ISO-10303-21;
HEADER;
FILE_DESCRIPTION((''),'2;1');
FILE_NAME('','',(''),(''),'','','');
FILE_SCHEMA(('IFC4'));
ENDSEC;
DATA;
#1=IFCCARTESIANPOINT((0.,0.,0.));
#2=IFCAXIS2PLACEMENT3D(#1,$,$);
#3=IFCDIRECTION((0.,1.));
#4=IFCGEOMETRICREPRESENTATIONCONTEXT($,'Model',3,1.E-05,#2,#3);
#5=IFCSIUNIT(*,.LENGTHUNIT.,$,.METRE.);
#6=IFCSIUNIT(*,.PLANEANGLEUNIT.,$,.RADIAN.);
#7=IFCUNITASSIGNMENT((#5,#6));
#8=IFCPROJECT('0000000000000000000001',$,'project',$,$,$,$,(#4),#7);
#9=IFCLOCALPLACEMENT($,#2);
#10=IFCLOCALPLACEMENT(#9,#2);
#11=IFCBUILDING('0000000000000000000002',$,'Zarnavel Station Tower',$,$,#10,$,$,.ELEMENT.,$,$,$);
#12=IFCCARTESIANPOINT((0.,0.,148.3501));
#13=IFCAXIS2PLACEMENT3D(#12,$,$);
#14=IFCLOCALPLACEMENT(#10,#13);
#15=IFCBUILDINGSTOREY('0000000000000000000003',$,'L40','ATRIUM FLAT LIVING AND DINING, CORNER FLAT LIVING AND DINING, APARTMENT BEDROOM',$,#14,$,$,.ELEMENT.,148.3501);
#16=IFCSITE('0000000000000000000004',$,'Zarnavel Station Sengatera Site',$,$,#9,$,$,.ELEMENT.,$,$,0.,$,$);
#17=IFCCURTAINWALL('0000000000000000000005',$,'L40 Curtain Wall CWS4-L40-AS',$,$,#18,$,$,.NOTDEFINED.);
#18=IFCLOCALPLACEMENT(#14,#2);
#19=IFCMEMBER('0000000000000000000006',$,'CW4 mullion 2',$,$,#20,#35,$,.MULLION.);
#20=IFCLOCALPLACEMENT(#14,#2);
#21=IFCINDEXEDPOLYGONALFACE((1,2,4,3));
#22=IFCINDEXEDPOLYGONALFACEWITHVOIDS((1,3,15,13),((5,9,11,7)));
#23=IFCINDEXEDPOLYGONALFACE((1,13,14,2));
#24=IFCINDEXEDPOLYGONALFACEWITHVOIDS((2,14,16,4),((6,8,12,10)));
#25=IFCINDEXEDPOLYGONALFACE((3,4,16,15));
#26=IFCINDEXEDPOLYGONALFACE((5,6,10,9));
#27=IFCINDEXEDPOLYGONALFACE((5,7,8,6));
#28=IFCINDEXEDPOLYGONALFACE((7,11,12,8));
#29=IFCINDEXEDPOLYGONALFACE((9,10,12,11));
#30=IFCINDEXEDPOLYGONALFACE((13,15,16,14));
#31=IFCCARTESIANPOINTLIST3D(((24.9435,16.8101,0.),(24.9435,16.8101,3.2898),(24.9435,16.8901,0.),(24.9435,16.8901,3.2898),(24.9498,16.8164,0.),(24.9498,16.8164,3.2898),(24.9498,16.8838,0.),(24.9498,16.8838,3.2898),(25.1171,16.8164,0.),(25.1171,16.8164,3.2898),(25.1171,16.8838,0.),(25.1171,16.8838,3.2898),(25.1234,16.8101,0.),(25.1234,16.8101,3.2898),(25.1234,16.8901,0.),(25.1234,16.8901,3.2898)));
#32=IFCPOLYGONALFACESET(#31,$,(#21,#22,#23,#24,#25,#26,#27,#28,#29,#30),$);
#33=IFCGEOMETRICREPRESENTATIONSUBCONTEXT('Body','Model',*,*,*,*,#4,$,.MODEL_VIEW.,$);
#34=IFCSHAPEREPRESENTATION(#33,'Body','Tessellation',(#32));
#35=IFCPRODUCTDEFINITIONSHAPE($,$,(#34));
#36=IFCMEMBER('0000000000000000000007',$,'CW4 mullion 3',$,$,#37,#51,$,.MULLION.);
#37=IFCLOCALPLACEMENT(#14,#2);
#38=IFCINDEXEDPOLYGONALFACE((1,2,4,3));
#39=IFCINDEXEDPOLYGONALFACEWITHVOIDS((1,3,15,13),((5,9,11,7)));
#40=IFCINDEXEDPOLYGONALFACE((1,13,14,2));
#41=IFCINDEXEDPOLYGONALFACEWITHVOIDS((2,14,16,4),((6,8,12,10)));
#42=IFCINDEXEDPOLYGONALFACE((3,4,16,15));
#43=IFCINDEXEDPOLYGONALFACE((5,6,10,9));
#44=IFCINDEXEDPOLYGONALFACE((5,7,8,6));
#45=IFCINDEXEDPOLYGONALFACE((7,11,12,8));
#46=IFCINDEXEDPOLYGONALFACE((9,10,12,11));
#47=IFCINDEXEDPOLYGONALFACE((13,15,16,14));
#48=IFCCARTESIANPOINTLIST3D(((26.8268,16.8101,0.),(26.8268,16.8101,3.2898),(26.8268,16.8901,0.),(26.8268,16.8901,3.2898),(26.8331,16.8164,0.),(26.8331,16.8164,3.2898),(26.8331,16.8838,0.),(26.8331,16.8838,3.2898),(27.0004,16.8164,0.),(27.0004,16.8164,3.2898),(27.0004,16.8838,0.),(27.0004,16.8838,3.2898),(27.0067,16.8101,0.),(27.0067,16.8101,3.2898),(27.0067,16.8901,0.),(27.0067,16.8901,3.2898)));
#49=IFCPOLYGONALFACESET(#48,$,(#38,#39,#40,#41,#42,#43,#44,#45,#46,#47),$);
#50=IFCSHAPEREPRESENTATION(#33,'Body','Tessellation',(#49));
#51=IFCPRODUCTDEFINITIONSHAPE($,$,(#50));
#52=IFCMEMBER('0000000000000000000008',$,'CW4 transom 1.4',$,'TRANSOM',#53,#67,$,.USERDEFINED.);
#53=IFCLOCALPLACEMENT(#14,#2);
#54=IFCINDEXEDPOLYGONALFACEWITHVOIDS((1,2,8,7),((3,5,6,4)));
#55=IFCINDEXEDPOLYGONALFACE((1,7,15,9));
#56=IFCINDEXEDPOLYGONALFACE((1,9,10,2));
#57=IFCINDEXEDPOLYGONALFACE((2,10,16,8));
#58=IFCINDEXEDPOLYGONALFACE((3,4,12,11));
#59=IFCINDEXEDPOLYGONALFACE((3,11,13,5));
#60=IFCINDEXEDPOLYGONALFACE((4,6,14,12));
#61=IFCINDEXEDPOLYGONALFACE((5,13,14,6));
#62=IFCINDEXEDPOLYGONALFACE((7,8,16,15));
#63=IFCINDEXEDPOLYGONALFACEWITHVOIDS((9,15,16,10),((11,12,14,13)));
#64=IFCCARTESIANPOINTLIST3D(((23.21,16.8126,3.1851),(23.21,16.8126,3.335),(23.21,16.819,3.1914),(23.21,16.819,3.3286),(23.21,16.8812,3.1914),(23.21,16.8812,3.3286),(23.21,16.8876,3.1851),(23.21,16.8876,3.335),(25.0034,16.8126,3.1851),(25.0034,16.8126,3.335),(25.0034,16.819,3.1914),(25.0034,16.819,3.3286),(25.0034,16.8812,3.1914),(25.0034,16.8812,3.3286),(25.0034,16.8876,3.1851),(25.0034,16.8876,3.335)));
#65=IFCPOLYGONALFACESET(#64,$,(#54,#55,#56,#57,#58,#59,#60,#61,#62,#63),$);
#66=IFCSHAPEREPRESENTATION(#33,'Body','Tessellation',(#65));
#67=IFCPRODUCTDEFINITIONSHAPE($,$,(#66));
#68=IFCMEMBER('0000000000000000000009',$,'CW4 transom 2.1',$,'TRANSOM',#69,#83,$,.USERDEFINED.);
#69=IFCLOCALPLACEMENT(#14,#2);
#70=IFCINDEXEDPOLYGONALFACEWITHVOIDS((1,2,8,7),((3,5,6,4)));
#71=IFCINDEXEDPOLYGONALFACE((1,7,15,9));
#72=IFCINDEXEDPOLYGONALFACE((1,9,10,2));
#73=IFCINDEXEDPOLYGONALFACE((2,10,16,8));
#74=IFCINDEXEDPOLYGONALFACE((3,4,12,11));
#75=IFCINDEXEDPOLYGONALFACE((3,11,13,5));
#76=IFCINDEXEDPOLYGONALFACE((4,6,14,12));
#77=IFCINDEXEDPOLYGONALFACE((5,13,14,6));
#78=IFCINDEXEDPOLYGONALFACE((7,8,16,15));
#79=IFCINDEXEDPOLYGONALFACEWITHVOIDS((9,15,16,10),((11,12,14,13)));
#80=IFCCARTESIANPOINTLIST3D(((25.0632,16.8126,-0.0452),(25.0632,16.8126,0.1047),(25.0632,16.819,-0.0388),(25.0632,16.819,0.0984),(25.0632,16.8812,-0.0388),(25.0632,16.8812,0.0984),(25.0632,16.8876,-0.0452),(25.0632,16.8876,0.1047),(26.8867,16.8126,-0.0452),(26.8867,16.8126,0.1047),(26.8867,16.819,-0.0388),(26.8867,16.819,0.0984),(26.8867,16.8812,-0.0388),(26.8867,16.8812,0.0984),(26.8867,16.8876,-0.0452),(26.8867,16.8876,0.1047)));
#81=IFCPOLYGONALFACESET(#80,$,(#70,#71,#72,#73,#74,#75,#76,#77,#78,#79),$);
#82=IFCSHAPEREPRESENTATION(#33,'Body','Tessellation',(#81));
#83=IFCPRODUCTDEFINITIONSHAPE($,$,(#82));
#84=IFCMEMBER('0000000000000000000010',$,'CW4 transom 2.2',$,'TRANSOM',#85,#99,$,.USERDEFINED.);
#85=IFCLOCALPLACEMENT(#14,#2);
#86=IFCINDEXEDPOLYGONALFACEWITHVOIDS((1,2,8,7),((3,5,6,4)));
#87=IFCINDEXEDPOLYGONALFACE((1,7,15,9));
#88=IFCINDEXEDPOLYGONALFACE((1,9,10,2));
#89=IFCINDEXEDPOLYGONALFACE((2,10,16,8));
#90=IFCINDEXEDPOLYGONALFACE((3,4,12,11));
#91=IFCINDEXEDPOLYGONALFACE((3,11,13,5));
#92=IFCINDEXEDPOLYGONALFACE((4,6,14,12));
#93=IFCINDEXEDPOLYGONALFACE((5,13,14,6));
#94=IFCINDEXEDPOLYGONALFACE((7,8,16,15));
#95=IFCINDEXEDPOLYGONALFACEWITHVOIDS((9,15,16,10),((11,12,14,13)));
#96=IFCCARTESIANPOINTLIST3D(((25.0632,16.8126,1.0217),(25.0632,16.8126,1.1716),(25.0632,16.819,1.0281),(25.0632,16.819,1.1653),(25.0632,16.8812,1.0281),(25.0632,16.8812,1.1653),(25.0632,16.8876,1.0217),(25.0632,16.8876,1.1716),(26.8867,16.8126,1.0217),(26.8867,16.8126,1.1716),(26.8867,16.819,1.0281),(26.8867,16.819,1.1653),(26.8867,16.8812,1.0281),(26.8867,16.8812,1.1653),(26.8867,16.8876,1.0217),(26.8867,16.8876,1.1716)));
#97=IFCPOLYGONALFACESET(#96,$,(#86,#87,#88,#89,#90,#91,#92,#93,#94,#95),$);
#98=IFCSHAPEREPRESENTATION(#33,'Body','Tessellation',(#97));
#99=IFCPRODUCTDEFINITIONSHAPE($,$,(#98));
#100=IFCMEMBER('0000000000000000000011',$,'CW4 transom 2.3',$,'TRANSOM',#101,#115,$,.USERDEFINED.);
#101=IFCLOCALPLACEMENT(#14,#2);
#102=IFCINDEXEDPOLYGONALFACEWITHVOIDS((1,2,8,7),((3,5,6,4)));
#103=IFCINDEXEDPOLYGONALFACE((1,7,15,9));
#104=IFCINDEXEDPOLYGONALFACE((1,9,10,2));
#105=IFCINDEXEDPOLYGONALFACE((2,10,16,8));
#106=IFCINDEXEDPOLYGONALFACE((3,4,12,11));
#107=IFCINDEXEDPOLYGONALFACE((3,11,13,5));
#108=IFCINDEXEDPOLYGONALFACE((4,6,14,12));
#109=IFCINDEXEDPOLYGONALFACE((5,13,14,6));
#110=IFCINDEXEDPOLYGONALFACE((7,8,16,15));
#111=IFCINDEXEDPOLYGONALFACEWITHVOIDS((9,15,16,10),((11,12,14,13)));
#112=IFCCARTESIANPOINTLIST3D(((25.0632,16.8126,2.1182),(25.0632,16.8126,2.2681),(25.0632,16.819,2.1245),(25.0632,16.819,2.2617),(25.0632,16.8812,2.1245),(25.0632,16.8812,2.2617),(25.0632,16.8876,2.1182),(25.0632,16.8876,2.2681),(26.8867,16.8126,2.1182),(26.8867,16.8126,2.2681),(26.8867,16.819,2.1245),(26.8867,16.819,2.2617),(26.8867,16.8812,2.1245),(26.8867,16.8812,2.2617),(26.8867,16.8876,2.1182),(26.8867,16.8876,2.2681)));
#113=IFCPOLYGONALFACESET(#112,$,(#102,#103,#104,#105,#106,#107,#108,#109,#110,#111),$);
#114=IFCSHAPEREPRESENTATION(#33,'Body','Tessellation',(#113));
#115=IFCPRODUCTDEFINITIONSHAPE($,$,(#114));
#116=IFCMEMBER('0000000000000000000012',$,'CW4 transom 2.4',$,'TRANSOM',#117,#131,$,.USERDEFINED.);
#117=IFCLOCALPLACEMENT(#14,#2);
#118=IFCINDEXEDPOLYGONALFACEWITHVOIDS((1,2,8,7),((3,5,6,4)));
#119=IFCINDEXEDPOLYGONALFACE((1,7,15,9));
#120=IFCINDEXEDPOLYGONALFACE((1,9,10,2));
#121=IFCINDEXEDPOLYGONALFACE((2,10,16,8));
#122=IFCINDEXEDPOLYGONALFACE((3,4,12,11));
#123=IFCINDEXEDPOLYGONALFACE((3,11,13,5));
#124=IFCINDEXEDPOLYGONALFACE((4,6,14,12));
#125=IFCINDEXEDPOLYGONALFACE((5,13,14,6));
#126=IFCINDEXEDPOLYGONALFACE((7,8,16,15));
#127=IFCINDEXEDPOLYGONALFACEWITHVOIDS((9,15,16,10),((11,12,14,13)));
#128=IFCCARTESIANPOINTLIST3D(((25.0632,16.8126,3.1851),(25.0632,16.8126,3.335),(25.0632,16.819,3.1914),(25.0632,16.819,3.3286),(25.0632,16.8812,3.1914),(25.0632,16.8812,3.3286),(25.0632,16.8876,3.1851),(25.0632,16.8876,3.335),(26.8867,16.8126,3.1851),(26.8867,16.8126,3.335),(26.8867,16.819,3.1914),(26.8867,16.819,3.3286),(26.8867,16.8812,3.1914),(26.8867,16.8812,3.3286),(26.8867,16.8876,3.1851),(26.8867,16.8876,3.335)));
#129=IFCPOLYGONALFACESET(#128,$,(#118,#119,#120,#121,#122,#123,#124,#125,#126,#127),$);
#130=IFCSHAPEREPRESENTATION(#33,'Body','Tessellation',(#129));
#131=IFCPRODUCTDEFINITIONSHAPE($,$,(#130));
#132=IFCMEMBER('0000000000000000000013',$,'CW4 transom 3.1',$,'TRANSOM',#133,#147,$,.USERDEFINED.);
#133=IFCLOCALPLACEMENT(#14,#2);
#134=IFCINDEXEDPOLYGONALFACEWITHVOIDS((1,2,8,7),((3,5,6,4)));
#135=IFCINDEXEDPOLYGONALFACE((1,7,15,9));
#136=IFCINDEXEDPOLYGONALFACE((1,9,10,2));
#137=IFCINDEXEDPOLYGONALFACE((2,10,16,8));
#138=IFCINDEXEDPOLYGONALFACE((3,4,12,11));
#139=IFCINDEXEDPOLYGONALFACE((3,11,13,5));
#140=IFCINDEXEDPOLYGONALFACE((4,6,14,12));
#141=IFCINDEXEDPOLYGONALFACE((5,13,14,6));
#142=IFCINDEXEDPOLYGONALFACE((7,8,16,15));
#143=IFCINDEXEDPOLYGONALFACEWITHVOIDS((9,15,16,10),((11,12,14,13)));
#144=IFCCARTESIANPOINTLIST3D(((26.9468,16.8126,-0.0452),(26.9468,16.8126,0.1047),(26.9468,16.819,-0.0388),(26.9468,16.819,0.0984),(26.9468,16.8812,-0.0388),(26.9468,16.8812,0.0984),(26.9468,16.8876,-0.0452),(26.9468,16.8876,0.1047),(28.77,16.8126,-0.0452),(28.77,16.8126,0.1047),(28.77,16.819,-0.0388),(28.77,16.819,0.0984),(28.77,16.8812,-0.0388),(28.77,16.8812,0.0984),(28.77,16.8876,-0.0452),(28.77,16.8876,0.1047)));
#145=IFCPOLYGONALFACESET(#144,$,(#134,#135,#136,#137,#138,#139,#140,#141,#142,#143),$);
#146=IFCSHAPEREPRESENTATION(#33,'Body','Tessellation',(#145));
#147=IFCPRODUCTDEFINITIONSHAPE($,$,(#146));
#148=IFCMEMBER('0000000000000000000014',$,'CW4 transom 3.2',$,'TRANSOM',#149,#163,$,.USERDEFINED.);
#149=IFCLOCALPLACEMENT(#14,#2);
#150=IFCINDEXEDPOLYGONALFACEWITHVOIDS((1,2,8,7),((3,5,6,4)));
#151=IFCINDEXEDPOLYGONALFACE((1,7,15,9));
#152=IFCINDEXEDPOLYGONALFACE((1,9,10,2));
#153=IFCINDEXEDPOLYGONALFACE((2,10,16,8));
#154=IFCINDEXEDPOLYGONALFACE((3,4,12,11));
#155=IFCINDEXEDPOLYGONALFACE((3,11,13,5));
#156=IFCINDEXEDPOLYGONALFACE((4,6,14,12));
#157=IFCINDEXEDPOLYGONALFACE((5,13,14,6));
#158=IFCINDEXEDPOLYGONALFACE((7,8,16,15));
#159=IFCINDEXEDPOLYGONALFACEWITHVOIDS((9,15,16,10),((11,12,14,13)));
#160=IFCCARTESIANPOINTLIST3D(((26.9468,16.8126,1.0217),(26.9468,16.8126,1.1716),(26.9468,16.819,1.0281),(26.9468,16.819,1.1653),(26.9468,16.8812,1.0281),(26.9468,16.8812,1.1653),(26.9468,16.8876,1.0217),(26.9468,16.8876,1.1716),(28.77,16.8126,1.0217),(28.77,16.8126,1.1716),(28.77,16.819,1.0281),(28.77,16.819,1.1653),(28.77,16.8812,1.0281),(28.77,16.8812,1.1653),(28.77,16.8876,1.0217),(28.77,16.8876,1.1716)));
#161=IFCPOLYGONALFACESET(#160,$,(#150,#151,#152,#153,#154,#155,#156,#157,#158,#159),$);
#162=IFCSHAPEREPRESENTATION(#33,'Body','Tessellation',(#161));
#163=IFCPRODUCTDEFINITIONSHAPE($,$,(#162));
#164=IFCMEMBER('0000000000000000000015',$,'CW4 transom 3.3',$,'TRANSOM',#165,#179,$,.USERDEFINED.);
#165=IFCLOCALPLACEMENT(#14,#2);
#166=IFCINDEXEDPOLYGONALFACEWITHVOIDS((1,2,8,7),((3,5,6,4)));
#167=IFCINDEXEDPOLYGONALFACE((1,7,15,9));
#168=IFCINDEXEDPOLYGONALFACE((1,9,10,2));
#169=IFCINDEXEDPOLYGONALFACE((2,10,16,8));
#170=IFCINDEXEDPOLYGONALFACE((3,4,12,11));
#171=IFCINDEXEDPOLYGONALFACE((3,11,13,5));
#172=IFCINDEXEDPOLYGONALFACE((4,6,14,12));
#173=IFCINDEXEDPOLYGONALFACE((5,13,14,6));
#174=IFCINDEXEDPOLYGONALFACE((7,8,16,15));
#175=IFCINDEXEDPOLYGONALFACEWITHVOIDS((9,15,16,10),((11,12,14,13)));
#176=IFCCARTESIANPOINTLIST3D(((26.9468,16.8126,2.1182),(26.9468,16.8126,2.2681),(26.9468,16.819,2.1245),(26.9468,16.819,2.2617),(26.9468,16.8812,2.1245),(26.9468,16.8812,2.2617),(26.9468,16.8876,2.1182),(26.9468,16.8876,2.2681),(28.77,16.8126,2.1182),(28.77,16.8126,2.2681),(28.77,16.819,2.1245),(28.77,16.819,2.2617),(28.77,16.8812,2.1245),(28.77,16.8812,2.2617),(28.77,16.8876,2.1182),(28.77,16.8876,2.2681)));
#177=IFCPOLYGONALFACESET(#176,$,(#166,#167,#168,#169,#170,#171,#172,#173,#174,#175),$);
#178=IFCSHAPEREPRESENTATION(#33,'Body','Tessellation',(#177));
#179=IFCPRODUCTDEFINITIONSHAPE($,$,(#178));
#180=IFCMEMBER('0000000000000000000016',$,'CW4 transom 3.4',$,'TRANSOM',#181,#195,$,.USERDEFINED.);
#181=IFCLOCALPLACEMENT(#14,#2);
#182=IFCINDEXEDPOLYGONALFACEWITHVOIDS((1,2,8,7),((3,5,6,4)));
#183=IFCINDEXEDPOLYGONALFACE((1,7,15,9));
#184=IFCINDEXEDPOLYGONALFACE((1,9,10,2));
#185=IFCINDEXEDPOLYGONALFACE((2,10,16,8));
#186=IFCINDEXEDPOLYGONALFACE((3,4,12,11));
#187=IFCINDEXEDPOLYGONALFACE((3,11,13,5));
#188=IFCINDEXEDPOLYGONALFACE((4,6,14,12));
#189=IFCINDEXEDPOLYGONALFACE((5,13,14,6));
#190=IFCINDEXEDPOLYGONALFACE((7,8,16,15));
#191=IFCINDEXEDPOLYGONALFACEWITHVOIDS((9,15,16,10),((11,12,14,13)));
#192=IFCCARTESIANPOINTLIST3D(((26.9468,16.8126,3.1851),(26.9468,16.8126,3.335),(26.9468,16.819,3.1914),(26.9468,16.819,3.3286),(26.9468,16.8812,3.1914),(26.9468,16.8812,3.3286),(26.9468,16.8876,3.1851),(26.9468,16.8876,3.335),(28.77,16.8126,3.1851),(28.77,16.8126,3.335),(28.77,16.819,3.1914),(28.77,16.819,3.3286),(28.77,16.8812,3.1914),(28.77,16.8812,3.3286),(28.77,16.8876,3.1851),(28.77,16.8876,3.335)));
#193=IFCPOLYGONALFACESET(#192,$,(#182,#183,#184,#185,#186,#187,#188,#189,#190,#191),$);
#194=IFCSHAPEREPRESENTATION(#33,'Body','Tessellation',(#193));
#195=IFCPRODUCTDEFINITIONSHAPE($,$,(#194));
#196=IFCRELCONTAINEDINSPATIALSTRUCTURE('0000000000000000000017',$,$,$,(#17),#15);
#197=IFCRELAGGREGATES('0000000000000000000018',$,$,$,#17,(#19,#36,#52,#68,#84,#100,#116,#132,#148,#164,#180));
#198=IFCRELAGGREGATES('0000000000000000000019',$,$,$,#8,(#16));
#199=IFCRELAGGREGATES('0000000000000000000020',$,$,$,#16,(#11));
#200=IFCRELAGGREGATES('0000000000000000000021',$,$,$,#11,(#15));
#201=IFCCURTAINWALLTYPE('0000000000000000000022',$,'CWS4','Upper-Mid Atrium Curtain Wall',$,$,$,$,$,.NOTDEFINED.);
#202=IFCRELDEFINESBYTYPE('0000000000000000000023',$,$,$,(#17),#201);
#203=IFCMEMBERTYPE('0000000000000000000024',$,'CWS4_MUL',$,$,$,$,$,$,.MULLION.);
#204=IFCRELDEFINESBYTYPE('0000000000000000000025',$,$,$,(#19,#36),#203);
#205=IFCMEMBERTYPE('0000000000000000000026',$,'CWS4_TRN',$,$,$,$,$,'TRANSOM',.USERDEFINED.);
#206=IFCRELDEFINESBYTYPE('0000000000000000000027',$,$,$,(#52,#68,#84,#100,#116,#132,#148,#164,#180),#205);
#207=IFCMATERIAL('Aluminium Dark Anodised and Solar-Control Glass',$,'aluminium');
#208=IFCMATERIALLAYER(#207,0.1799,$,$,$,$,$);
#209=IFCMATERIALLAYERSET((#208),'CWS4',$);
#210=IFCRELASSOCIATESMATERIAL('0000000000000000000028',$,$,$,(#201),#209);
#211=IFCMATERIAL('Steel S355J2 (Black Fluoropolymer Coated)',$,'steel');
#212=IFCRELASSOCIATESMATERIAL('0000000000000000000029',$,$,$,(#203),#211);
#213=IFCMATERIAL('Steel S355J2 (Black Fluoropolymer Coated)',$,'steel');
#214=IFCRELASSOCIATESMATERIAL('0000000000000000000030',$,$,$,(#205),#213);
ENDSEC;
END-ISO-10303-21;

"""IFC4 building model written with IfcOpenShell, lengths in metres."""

from ifc_helpers import new_model, si_unit, direction, frame, origin, origin_2d, place, context, subcontext, project, spatial, hollow_rectangle, extrude, material, layer, layer_set, material_profile, profile_set, type_object, element, aggregate, save


model = new_model("IFC4")

# Units and contexts
model_context = context("Model", 3, precision=1e-05, world=origin(), true_north=direction((0.0, 1.0)))
body_context = subcontext(model_context, "Body", "Model", "MODEL_VIEW")
ifc_project = project(units=[si_unit("LENGTHUNIT", "METRE"), si_unit("PLANEANGLEUNIT", "RADIAN")], contexts=[model_context])

# Site, building, storey
site_placement = place(None, origin())
site = spatial("IfcSite", under=ifc_project, at=site_placement, Name="Zarnavel Station Sengatera Site", CompositionType="ELEMENT", RefElevation=0.0)
building_placement = place(site_placement, origin())
building = spatial("IfcBuilding", under=site, at=building_placement, Name="Zarnavel Station Tower", CompositionType="ELEMENT")
storey_placement = place(building_placement, frame((0.0, 0.0, 148.3501)))
storey = spatial("IfcBuildingStorey", under=building, at=storey_placement, Name="L40", Description="ATRIUM FLAT LIVING AND DINING, CORNER FLAT LIVING AND DINING, APARTMENT BEDROOM", CompositionType="ELEMENT", Elevation=148.3501)

# Curtain wall, members
ifc_material_1 = material(Name="Aluminium Dark Anodised and Solar-Control Glass", Category="aluminium")
ifc_layer_1 = layer(ifc_material_1, 0.1799)
ifc_layer_set_1 = layer_set([ifc_layer_1], Name="CWS4")
curtain_wall_type = type_object("IfcCurtainWallType", Name="CWS4", Description="Upper-Mid Atrium Curtain Wall", PredefinedType="NOTDEFINED", material=ifc_layer_set_1)
curtain_wall_placement = place(storey_placement, origin())
curtain_wall = element("IfcCurtainWall", 1, at=curtain_wall_placement, inside=storey, type_object=curtain_wall_type, Name="L40 Curtain Wall CWS4-L40-AS", PredefinedType="NOTDEFINED")
ifc_material_2 = material(Name="Steel S355J2 (Black Fluoropolymer Coated)", Category="steel")
ifc_material_profile_1 = material_profile(ifc_material_2, hollow_rectangle(XDim=0.0801, YDim=0.1799, WallThickness=0.0063, at=origin_2d()), Name="RHS180x80x6.3")
ifc_profile_set_1 = profile_set([ifc_material_profile_1], Name="Steel S355J2 (Black Fluoropolymer Coated)")
member_type_1 = type_object("IfcMemberType", Name="CWS4_MUL", PredefinedType="MULLION", material=ifc_profile_set_1)
member_1_placement = place(storey_placement, frame((25.0334, 16.8501, 0.0), z_axis=(0.0, 0.0, 1.0), x_axis=(0.0, 1.0, 0.0)))
member_1 = element("IfcMember", 2, at=member_1_placement, type_object=member_type_1, Name="CW4 mullion 2", PredefinedType="MULLION", context=body_context, shape_type="SweptSolid", body=[
    extrude(hollow_rectangle(XDim=0.0801, YDim=0.1799, WallThickness=0.0063, at=origin_2d()), origin(), (0.0, 0.0, 1.0), 3.2898),
])
member_2_placement = place(storey_placement, frame((26.9167, 16.8501, 0.0), z_axis=(0.0, 0.0, 1.0), x_axis=(0.0, 1.0, 0.0)))
member_2 = element("IfcMember", 3, at=member_2_placement, type_object=member_type_1, Name="CW4 mullion 3", PredefinedType="MULLION", context=body_context, shape_type="SweptSolid", body=[
    extrude(hollow_rectangle(XDim=0.0801, YDim=0.1799, WallThickness=0.0063, at=origin_2d()), origin(), (0.0, 0.0, 1.0), 3.2898),
])
ifc_material_3 = material(Name="Steel S355J2 (Black Fluoropolymer Coated)", Category="steel")
ifc_material_profile_2 = material_profile(ifc_material_3, hollow_rectangle(XDim=0.075, YDim=0.1499, WallThickness=0.0063, at=origin_2d()), Name="RHS150x75x6.3")
ifc_profile_set_2 = profile_set([ifc_material_profile_2], Name="Steel S355J2 (Black Fluoropolymer Coated)")
member_type_2 = type_object("IfcMemberType", Name="CWS4_TRN", ElementType="TRANSOM", PredefinedType="USERDEFINED", material=ifc_profile_set_2)
member_3_placement = place(storey_placement, frame((23.21, 16.8501, 3.26), z_axis=(1.0, 0.0, 0.0), x_axis=(0.0, 1.0, 0.0)))
member_3 = element("IfcMember", 4, at=member_3_placement, type_object=member_type_2, Name="CW4 transom 1.4", ObjectType="TRANSOM", PredefinedType="USERDEFINED", context=body_context, shape_type="SweptSolid", body=[
    extrude(hollow_rectangle(XDim=0.075, YDim=0.1499, WallThickness=0.0063, at=origin_2d()), origin(), (0.0, 0.0, 1.0), 1.7935),
])
member_4_placement = place(storey_placement, frame((25.0632, 16.8501, 0.0298), z_axis=(1.0, 0.0, 0.0), x_axis=(0.0, 1.0, 0.0)))
member_4 = element("IfcMember", 5, at=member_4_placement, type_object=member_type_2, Name="CW4 transom 2.1", ObjectType="TRANSOM", PredefinedType="USERDEFINED", context=body_context, shape_type="SweptSolid", body=[
    extrude(hollow_rectangle(XDim=0.075, YDim=0.1499, WallThickness=0.0063, at=origin_2d()), origin(), (0.0, 0.0, 1.0), 1.8235),
])
member_5_placement = place(storey_placement, frame((25.0632, 16.8501, 1.0967), z_axis=(1.0, 0.0, 0.0), x_axis=(0.0, 1.0, 0.0)))
member_5 = element("IfcMember", 6, at=member_5_placement, type_object=member_type_2, Name="CW4 transom 2.2", ObjectType="TRANSOM", PredefinedType="USERDEFINED", context=body_context, shape_type="SweptSolid", body=[
    extrude(hollow_rectangle(XDim=0.075, YDim=0.1499, WallThickness=0.0063, at=origin_2d()), origin(), (0.0, 0.0, 1.0), 1.8235),
])
member_6_placement = place(storey_placement, frame((25.0632, 16.8501, 2.1931), z_axis=(1.0, 0.0, 0.0), x_axis=(0.0, 1.0, 0.0)))
member_6 = element("IfcMember", 7, at=member_6_placement, type_object=member_type_2, Name="CW4 transom 2.3", ObjectType="TRANSOM", PredefinedType="USERDEFINED", context=body_context, shape_type="SweptSolid", body=[
    extrude(hollow_rectangle(XDim=0.075, YDim=0.1499, WallThickness=0.0063, at=origin_2d()), origin(), (0.0, 0.0, 1.0), 1.8235),
])
member_7_placement = place(storey_placement, frame((25.0632, 16.8501, 3.26), z_axis=(1.0, 0.0, 0.0), x_axis=(0.0, 1.0, 0.0)))
member_7 = element("IfcMember", 8, at=member_7_placement, type_object=member_type_2, Name="CW4 transom 2.4", ObjectType="TRANSOM", PredefinedType="USERDEFINED", context=body_context, shape_type="SweptSolid", body=[
    extrude(hollow_rectangle(XDim=0.075, YDim=0.1499, WallThickness=0.0063, at=origin_2d()), origin(), (0.0, 0.0, 1.0), 1.8235),
])
member_8_placement = place(storey_placement, frame((26.9468, 16.8501, 0.0298), z_axis=(1.0, 0.0, 0.0), x_axis=(0.0, 1.0, 0.0)))
member_8 = element("IfcMember", 9, at=member_8_placement, type_object=member_type_2, Name="CW4 transom 3.1", ObjectType="TRANSOM", PredefinedType="USERDEFINED", context=body_context, shape_type="SweptSolid", body=[
    extrude(hollow_rectangle(XDim=0.075, YDim=0.1499, WallThickness=0.0063, at=origin_2d()), origin(), (0.0, 0.0, 1.0), 1.8232),
])
member_9_placement = place(storey_placement, frame((26.9468, 16.8501, 1.0967), z_axis=(1.0, 0.0, 0.0), x_axis=(0.0, 1.0, 0.0)))
member_9 = element("IfcMember", 10, at=member_9_placement, type_object=member_type_2, Name="CW4 transom 3.2", ObjectType="TRANSOM", PredefinedType="USERDEFINED", context=body_context, shape_type="SweptSolid", body=[
    extrude(hollow_rectangle(XDim=0.075, YDim=0.1499, WallThickness=0.0063, at=origin_2d()), origin(), (0.0, 0.0, 1.0), 1.8232),
])
member_10_placement = place(storey_placement, frame((26.9468, 16.8501, 2.1931), z_axis=(1.0, 0.0, 0.0), x_axis=(0.0, 1.0, 0.0)))
member_10 = element("IfcMember", 11, at=member_10_placement, type_object=member_type_2, Name="CW4 transom 3.3", ObjectType="TRANSOM", PredefinedType="USERDEFINED", context=body_context, shape_type="SweptSolid", body=[
    extrude(hollow_rectangle(XDim=0.075, YDim=0.1499, WallThickness=0.0063, at=origin_2d()), origin(), (0.0, 0.0, 1.0), 1.8232),
])
member_11_placement = place(storey_placement, frame((26.9468, 16.8501, 3.26), z_axis=(1.0, 0.0, 0.0), x_axis=(0.0, 1.0, 0.0)))
member_11 = element("IfcMember", 12, at=member_11_placement, type_object=member_type_2, Name="CW4 transom 3.4", ObjectType="TRANSOM", PredefinedType="USERDEFINED", context=body_context, shape_type="SweptSolid", body=[
    extrude(hollow_rectangle(XDim=0.075, YDim=0.1499, WallThickness=0.0063, at=origin_2d()), origin(), (0.0, 0.0, 1.0), 1.8232),
])
aggregate(curtain_wall, [member_1, member_2, member_3, member_4, member_5, member_6, member_7, member_8, member_9, member_10, member_11])

save(model, "model.ifc")
